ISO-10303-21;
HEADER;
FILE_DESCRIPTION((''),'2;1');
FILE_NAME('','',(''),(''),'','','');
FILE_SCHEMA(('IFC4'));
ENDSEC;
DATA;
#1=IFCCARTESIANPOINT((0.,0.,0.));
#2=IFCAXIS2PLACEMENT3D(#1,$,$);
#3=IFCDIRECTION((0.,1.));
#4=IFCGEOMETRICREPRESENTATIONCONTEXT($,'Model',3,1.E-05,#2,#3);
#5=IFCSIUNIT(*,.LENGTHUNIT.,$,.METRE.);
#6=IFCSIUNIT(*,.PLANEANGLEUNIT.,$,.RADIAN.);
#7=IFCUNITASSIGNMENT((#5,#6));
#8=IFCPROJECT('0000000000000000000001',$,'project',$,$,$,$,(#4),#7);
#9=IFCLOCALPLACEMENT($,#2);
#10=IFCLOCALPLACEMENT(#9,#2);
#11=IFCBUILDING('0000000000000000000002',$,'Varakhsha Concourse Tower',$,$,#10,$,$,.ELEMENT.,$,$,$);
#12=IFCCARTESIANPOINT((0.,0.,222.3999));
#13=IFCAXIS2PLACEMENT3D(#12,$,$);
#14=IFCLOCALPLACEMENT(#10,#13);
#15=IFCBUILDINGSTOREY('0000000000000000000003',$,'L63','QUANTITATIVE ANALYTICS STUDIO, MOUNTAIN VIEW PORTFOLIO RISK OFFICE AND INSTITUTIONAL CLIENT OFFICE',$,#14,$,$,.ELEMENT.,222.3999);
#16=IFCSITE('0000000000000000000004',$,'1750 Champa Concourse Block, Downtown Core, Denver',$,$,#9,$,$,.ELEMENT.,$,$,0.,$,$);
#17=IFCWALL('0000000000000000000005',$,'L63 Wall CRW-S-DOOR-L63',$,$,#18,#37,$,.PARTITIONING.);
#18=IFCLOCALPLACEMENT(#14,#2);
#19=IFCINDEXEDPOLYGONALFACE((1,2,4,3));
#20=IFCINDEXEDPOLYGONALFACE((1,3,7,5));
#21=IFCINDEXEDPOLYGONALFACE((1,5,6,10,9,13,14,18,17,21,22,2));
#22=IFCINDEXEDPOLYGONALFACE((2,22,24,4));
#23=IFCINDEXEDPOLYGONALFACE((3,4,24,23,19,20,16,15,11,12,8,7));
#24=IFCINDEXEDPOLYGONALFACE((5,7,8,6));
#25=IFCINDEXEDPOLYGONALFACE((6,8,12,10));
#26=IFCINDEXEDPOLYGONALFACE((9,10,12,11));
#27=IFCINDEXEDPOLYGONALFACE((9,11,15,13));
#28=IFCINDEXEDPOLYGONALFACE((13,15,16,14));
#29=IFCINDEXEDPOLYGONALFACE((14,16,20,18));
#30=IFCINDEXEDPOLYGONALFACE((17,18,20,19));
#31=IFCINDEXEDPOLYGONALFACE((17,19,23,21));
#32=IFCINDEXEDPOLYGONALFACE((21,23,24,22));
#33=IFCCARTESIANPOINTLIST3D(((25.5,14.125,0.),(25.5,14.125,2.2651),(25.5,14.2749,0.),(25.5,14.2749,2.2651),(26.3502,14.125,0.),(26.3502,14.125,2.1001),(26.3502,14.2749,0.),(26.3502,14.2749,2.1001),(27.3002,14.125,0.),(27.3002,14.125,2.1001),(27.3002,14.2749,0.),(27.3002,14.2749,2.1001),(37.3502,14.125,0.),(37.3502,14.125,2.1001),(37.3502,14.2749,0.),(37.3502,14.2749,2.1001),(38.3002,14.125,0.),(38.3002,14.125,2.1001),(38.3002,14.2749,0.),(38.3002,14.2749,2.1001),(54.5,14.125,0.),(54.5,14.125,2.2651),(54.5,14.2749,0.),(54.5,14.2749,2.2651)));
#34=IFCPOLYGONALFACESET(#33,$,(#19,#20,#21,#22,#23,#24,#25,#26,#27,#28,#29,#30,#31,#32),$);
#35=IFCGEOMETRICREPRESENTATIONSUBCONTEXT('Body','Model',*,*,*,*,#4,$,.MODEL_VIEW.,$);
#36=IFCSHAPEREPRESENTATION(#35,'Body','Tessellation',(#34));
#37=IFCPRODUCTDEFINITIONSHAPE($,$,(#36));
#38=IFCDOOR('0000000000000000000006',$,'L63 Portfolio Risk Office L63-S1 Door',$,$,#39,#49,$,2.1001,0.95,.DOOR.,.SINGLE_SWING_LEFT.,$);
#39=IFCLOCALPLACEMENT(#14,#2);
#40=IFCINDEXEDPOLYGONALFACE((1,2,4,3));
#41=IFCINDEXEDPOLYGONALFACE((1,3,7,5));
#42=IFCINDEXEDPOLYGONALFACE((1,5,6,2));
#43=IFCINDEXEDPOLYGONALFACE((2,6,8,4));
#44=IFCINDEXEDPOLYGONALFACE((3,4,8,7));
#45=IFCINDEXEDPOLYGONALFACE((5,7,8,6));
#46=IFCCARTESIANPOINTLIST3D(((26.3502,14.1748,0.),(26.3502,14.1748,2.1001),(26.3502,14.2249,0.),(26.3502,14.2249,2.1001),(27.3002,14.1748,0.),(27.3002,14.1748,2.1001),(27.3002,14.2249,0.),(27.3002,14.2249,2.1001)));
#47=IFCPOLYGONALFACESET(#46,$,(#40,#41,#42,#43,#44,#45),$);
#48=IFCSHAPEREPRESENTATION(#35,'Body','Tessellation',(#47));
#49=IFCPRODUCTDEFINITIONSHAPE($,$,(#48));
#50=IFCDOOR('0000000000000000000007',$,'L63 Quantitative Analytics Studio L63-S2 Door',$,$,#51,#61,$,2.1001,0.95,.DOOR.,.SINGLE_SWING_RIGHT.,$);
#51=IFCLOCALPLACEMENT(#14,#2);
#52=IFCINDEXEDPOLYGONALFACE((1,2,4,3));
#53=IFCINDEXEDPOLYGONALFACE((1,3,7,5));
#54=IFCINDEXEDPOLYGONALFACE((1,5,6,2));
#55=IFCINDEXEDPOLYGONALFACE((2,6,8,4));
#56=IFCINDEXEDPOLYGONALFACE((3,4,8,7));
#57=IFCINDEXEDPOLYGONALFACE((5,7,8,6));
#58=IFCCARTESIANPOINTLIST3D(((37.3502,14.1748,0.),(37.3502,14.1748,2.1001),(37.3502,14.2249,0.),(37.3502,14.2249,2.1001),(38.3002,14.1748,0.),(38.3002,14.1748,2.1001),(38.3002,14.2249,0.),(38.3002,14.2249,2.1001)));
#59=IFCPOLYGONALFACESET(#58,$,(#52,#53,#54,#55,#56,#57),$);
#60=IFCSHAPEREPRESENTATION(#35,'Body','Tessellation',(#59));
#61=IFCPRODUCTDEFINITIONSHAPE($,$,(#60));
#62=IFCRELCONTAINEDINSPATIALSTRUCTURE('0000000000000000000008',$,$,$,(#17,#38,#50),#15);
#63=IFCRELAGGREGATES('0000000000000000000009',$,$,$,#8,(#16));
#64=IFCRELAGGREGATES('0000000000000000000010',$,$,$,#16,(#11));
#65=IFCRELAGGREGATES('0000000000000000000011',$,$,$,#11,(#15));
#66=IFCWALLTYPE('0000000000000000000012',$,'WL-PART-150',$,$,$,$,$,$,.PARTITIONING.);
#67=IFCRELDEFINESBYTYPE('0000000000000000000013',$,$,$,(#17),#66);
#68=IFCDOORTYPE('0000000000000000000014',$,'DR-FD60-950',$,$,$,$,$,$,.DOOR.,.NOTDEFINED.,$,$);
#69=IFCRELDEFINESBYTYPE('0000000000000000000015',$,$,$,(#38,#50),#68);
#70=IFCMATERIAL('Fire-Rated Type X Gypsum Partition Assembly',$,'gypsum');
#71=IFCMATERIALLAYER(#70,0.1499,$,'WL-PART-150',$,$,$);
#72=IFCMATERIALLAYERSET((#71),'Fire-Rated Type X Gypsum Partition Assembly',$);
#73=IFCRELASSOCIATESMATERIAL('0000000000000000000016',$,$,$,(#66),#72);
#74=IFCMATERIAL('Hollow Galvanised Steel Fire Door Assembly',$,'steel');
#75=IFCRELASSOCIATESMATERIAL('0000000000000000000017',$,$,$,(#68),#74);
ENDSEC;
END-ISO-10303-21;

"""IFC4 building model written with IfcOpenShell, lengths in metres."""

from ifc_helpers import new_model, si_unit, direction, frame, frame_2d, origin, place, context, subcontext, project, spatial, rectangle, extrude, material, layer, layer_set, type_object, element, fill, save


model = new_model("IFC4")

# Units and contexts
model_context = context("Model", 3, precision=1e-05, world=origin(), true_north=direction((0.0, 1.0)))
body_context = subcontext(model_context, "Body", "Model", "MODEL_VIEW")
ifc_project = project(units=[si_unit("LENGTHUNIT", "METRE"), si_unit("PLANEANGLEUNIT", "RADIAN")], contexts=[model_context])

# Site, building, storey
site_placement = place(None, origin())
site = spatial("IfcSite", under=ifc_project, at=site_placement, Name="1750 Champa Concourse Block, Downtown Core, Denver", CompositionType="ELEMENT", RefElevation=0.0)
building_placement = place(site_placement, origin())
building = spatial("IfcBuilding", under=site, at=building_placement, Name="Varakhsha Concourse Tower", CompositionType="ELEMENT")
storey_placement = place(building_placement, frame((0.0, 0.0, 222.3999)))
storey = spatial("IfcBuildingStorey", under=building, at=storey_placement, Name="L63", Description="QUANTITATIVE ANALYTICS STUDIO, MOUNTAIN VIEW PORTFOLIO RISK OFFICE AND INSTITUTIONAL CLIENT OFFICE", CompositionType="ELEMENT", Elevation=222.3999)

# Wall, openings, doors
ifc_material_1 = material(Name="Fire-Rated Type X Gypsum Partition Assembly", Category="gypsum")
ifc_layer_1 = layer(ifc_material_1, 0.1499, Name="WL-PART-150")
ifc_layer_set_1 = layer_set([ifc_layer_1], Name="Fire-Rated Type X Gypsum Partition Assembly")
wall_type = type_object("IfcWallType", Name="WL-PART-150", PredefinedType="PARTITIONING", material=ifc_layer_set_1)
wall_placement = place(storey_placement, frame((25.5, 14.2, 0.0), z_axis=(0.0, 0.0, 1.0), x_axis=(1.0, 0.0, 0.0)))
wall = element("IfcWall", 1, at=wall_placement, inside=storey, type_object=wall_type, Name="L63 Wall CRW-S-DOOR-L63", PredefinedType="PARTITIONING", context=body_context, shape_type="SweptSolid", body=[
    extrude(rectangle(XDim=29.0, YDim=0.1499, at=frame_2d((14.5, 0.0))), origin(), (0.0, 0.0, 1.0), 2.2651),
])
opening_1_placement = place(wall_placement, frame((0.8501, 0.0, 0.0)))
opening_1 = element("IfcOpeningElement", 2, at=opening_1_placement, cuts=wall, PredefinedType="OPENING", context=body_context, shape_type="SweptSolid", body=[
    extrude(rectangle(XDim=0.95, YDim=2.1001, at=frame_2d((0.4751, 1.05))), frame((0.0, 0.085, 0.0), z_axis=(0.0, -1.0, 0.0), x_axis=(1.0, 0.0, 0.0)), (0.0, 0.0, 1.0), 0.1699),
])
opening_2_placement = place(wall_placement, frame((11.8501, 0.0, 0.0)))
opening_2 = element("IfcOpeningElement", 3, at=opening_2_placement, cuts=wall, PredefinedType="OPENING", context=body_context, shape_type="SweptSolid", body=[
    extrude(rectangle(XDim=0.95, YDim=2.1001, at=frame_2d((0.4751, 1.05))), frame((0.0, 0.085, 0.0), z_axis=(0.0, -1.0, 0.0), x_axis=(1.0, 0.0, 0.0)), (0.0, 0.0, 1.0), 0.1699),
])
ifc_material_2 = material(Name="Hollow Galvanised Steel Fire Door Assembly", Category="steel")
door_type = type_object("IfcDoorType", Name="DR-FD60-950", OperationType="NOTDEFINED", PredefinedType="DOOR", material=ifc_material_2)
door_1_placement = place(opening_1_placement, origin())
door_1 = element("IfcDoor", 4, at=door_1_placement, inside=storey, type_object=door_type, Name="L63 Portfolio Risk Office L63-S1 Door", OperationType="SINGLE_SWING_LEFT", OverallHeight=2.1001, OverallWidth=0.95, PredefinedType="DOOR", context=body_context, shape_type="SweptSolid", body=[
    extrude(rectangle(XDim=0.95, YDim=2.1001, at=frame_2d((0.4751, 1.05))), frame((0.0, 0.0249, 0.0), z_axis=(0.0, -1.0, 0.0), x_axis=(1.0, 0.0, 0.0)), (0.0, 0.0, 1.0), 0.05),
])
fill(opening_1, door_1)
door_2_placement = place(opening_2_placement, origin())
door_2 = element("IfcDoor", 5, at=door_2_placement, inside=storey, type_object=door_type, Name="L63 Quantitative Analytics Studio L63-S2 Door", OperationType="SINGLE_SWING_RIGHT", OverallHeight=2.1001, OverallWidth=0.95, PredefinedType="DOOR", context=body_context, shape_type="SweptSolid", body=[
    extrude(rectangle(XDim=0.95, YDim=2.1001, at=frame_2d((0.4751, 1.05))), frame((0.0, 0.0249, 0.0), z_axis=(0.0, -1.0, 0.0), x_axis=(1.0, 0.0, 0.0)), (0.0, 0.0, 1.0), 0.05),
])
fill(opening_2, door_2)

save(model, "model.ifc")
